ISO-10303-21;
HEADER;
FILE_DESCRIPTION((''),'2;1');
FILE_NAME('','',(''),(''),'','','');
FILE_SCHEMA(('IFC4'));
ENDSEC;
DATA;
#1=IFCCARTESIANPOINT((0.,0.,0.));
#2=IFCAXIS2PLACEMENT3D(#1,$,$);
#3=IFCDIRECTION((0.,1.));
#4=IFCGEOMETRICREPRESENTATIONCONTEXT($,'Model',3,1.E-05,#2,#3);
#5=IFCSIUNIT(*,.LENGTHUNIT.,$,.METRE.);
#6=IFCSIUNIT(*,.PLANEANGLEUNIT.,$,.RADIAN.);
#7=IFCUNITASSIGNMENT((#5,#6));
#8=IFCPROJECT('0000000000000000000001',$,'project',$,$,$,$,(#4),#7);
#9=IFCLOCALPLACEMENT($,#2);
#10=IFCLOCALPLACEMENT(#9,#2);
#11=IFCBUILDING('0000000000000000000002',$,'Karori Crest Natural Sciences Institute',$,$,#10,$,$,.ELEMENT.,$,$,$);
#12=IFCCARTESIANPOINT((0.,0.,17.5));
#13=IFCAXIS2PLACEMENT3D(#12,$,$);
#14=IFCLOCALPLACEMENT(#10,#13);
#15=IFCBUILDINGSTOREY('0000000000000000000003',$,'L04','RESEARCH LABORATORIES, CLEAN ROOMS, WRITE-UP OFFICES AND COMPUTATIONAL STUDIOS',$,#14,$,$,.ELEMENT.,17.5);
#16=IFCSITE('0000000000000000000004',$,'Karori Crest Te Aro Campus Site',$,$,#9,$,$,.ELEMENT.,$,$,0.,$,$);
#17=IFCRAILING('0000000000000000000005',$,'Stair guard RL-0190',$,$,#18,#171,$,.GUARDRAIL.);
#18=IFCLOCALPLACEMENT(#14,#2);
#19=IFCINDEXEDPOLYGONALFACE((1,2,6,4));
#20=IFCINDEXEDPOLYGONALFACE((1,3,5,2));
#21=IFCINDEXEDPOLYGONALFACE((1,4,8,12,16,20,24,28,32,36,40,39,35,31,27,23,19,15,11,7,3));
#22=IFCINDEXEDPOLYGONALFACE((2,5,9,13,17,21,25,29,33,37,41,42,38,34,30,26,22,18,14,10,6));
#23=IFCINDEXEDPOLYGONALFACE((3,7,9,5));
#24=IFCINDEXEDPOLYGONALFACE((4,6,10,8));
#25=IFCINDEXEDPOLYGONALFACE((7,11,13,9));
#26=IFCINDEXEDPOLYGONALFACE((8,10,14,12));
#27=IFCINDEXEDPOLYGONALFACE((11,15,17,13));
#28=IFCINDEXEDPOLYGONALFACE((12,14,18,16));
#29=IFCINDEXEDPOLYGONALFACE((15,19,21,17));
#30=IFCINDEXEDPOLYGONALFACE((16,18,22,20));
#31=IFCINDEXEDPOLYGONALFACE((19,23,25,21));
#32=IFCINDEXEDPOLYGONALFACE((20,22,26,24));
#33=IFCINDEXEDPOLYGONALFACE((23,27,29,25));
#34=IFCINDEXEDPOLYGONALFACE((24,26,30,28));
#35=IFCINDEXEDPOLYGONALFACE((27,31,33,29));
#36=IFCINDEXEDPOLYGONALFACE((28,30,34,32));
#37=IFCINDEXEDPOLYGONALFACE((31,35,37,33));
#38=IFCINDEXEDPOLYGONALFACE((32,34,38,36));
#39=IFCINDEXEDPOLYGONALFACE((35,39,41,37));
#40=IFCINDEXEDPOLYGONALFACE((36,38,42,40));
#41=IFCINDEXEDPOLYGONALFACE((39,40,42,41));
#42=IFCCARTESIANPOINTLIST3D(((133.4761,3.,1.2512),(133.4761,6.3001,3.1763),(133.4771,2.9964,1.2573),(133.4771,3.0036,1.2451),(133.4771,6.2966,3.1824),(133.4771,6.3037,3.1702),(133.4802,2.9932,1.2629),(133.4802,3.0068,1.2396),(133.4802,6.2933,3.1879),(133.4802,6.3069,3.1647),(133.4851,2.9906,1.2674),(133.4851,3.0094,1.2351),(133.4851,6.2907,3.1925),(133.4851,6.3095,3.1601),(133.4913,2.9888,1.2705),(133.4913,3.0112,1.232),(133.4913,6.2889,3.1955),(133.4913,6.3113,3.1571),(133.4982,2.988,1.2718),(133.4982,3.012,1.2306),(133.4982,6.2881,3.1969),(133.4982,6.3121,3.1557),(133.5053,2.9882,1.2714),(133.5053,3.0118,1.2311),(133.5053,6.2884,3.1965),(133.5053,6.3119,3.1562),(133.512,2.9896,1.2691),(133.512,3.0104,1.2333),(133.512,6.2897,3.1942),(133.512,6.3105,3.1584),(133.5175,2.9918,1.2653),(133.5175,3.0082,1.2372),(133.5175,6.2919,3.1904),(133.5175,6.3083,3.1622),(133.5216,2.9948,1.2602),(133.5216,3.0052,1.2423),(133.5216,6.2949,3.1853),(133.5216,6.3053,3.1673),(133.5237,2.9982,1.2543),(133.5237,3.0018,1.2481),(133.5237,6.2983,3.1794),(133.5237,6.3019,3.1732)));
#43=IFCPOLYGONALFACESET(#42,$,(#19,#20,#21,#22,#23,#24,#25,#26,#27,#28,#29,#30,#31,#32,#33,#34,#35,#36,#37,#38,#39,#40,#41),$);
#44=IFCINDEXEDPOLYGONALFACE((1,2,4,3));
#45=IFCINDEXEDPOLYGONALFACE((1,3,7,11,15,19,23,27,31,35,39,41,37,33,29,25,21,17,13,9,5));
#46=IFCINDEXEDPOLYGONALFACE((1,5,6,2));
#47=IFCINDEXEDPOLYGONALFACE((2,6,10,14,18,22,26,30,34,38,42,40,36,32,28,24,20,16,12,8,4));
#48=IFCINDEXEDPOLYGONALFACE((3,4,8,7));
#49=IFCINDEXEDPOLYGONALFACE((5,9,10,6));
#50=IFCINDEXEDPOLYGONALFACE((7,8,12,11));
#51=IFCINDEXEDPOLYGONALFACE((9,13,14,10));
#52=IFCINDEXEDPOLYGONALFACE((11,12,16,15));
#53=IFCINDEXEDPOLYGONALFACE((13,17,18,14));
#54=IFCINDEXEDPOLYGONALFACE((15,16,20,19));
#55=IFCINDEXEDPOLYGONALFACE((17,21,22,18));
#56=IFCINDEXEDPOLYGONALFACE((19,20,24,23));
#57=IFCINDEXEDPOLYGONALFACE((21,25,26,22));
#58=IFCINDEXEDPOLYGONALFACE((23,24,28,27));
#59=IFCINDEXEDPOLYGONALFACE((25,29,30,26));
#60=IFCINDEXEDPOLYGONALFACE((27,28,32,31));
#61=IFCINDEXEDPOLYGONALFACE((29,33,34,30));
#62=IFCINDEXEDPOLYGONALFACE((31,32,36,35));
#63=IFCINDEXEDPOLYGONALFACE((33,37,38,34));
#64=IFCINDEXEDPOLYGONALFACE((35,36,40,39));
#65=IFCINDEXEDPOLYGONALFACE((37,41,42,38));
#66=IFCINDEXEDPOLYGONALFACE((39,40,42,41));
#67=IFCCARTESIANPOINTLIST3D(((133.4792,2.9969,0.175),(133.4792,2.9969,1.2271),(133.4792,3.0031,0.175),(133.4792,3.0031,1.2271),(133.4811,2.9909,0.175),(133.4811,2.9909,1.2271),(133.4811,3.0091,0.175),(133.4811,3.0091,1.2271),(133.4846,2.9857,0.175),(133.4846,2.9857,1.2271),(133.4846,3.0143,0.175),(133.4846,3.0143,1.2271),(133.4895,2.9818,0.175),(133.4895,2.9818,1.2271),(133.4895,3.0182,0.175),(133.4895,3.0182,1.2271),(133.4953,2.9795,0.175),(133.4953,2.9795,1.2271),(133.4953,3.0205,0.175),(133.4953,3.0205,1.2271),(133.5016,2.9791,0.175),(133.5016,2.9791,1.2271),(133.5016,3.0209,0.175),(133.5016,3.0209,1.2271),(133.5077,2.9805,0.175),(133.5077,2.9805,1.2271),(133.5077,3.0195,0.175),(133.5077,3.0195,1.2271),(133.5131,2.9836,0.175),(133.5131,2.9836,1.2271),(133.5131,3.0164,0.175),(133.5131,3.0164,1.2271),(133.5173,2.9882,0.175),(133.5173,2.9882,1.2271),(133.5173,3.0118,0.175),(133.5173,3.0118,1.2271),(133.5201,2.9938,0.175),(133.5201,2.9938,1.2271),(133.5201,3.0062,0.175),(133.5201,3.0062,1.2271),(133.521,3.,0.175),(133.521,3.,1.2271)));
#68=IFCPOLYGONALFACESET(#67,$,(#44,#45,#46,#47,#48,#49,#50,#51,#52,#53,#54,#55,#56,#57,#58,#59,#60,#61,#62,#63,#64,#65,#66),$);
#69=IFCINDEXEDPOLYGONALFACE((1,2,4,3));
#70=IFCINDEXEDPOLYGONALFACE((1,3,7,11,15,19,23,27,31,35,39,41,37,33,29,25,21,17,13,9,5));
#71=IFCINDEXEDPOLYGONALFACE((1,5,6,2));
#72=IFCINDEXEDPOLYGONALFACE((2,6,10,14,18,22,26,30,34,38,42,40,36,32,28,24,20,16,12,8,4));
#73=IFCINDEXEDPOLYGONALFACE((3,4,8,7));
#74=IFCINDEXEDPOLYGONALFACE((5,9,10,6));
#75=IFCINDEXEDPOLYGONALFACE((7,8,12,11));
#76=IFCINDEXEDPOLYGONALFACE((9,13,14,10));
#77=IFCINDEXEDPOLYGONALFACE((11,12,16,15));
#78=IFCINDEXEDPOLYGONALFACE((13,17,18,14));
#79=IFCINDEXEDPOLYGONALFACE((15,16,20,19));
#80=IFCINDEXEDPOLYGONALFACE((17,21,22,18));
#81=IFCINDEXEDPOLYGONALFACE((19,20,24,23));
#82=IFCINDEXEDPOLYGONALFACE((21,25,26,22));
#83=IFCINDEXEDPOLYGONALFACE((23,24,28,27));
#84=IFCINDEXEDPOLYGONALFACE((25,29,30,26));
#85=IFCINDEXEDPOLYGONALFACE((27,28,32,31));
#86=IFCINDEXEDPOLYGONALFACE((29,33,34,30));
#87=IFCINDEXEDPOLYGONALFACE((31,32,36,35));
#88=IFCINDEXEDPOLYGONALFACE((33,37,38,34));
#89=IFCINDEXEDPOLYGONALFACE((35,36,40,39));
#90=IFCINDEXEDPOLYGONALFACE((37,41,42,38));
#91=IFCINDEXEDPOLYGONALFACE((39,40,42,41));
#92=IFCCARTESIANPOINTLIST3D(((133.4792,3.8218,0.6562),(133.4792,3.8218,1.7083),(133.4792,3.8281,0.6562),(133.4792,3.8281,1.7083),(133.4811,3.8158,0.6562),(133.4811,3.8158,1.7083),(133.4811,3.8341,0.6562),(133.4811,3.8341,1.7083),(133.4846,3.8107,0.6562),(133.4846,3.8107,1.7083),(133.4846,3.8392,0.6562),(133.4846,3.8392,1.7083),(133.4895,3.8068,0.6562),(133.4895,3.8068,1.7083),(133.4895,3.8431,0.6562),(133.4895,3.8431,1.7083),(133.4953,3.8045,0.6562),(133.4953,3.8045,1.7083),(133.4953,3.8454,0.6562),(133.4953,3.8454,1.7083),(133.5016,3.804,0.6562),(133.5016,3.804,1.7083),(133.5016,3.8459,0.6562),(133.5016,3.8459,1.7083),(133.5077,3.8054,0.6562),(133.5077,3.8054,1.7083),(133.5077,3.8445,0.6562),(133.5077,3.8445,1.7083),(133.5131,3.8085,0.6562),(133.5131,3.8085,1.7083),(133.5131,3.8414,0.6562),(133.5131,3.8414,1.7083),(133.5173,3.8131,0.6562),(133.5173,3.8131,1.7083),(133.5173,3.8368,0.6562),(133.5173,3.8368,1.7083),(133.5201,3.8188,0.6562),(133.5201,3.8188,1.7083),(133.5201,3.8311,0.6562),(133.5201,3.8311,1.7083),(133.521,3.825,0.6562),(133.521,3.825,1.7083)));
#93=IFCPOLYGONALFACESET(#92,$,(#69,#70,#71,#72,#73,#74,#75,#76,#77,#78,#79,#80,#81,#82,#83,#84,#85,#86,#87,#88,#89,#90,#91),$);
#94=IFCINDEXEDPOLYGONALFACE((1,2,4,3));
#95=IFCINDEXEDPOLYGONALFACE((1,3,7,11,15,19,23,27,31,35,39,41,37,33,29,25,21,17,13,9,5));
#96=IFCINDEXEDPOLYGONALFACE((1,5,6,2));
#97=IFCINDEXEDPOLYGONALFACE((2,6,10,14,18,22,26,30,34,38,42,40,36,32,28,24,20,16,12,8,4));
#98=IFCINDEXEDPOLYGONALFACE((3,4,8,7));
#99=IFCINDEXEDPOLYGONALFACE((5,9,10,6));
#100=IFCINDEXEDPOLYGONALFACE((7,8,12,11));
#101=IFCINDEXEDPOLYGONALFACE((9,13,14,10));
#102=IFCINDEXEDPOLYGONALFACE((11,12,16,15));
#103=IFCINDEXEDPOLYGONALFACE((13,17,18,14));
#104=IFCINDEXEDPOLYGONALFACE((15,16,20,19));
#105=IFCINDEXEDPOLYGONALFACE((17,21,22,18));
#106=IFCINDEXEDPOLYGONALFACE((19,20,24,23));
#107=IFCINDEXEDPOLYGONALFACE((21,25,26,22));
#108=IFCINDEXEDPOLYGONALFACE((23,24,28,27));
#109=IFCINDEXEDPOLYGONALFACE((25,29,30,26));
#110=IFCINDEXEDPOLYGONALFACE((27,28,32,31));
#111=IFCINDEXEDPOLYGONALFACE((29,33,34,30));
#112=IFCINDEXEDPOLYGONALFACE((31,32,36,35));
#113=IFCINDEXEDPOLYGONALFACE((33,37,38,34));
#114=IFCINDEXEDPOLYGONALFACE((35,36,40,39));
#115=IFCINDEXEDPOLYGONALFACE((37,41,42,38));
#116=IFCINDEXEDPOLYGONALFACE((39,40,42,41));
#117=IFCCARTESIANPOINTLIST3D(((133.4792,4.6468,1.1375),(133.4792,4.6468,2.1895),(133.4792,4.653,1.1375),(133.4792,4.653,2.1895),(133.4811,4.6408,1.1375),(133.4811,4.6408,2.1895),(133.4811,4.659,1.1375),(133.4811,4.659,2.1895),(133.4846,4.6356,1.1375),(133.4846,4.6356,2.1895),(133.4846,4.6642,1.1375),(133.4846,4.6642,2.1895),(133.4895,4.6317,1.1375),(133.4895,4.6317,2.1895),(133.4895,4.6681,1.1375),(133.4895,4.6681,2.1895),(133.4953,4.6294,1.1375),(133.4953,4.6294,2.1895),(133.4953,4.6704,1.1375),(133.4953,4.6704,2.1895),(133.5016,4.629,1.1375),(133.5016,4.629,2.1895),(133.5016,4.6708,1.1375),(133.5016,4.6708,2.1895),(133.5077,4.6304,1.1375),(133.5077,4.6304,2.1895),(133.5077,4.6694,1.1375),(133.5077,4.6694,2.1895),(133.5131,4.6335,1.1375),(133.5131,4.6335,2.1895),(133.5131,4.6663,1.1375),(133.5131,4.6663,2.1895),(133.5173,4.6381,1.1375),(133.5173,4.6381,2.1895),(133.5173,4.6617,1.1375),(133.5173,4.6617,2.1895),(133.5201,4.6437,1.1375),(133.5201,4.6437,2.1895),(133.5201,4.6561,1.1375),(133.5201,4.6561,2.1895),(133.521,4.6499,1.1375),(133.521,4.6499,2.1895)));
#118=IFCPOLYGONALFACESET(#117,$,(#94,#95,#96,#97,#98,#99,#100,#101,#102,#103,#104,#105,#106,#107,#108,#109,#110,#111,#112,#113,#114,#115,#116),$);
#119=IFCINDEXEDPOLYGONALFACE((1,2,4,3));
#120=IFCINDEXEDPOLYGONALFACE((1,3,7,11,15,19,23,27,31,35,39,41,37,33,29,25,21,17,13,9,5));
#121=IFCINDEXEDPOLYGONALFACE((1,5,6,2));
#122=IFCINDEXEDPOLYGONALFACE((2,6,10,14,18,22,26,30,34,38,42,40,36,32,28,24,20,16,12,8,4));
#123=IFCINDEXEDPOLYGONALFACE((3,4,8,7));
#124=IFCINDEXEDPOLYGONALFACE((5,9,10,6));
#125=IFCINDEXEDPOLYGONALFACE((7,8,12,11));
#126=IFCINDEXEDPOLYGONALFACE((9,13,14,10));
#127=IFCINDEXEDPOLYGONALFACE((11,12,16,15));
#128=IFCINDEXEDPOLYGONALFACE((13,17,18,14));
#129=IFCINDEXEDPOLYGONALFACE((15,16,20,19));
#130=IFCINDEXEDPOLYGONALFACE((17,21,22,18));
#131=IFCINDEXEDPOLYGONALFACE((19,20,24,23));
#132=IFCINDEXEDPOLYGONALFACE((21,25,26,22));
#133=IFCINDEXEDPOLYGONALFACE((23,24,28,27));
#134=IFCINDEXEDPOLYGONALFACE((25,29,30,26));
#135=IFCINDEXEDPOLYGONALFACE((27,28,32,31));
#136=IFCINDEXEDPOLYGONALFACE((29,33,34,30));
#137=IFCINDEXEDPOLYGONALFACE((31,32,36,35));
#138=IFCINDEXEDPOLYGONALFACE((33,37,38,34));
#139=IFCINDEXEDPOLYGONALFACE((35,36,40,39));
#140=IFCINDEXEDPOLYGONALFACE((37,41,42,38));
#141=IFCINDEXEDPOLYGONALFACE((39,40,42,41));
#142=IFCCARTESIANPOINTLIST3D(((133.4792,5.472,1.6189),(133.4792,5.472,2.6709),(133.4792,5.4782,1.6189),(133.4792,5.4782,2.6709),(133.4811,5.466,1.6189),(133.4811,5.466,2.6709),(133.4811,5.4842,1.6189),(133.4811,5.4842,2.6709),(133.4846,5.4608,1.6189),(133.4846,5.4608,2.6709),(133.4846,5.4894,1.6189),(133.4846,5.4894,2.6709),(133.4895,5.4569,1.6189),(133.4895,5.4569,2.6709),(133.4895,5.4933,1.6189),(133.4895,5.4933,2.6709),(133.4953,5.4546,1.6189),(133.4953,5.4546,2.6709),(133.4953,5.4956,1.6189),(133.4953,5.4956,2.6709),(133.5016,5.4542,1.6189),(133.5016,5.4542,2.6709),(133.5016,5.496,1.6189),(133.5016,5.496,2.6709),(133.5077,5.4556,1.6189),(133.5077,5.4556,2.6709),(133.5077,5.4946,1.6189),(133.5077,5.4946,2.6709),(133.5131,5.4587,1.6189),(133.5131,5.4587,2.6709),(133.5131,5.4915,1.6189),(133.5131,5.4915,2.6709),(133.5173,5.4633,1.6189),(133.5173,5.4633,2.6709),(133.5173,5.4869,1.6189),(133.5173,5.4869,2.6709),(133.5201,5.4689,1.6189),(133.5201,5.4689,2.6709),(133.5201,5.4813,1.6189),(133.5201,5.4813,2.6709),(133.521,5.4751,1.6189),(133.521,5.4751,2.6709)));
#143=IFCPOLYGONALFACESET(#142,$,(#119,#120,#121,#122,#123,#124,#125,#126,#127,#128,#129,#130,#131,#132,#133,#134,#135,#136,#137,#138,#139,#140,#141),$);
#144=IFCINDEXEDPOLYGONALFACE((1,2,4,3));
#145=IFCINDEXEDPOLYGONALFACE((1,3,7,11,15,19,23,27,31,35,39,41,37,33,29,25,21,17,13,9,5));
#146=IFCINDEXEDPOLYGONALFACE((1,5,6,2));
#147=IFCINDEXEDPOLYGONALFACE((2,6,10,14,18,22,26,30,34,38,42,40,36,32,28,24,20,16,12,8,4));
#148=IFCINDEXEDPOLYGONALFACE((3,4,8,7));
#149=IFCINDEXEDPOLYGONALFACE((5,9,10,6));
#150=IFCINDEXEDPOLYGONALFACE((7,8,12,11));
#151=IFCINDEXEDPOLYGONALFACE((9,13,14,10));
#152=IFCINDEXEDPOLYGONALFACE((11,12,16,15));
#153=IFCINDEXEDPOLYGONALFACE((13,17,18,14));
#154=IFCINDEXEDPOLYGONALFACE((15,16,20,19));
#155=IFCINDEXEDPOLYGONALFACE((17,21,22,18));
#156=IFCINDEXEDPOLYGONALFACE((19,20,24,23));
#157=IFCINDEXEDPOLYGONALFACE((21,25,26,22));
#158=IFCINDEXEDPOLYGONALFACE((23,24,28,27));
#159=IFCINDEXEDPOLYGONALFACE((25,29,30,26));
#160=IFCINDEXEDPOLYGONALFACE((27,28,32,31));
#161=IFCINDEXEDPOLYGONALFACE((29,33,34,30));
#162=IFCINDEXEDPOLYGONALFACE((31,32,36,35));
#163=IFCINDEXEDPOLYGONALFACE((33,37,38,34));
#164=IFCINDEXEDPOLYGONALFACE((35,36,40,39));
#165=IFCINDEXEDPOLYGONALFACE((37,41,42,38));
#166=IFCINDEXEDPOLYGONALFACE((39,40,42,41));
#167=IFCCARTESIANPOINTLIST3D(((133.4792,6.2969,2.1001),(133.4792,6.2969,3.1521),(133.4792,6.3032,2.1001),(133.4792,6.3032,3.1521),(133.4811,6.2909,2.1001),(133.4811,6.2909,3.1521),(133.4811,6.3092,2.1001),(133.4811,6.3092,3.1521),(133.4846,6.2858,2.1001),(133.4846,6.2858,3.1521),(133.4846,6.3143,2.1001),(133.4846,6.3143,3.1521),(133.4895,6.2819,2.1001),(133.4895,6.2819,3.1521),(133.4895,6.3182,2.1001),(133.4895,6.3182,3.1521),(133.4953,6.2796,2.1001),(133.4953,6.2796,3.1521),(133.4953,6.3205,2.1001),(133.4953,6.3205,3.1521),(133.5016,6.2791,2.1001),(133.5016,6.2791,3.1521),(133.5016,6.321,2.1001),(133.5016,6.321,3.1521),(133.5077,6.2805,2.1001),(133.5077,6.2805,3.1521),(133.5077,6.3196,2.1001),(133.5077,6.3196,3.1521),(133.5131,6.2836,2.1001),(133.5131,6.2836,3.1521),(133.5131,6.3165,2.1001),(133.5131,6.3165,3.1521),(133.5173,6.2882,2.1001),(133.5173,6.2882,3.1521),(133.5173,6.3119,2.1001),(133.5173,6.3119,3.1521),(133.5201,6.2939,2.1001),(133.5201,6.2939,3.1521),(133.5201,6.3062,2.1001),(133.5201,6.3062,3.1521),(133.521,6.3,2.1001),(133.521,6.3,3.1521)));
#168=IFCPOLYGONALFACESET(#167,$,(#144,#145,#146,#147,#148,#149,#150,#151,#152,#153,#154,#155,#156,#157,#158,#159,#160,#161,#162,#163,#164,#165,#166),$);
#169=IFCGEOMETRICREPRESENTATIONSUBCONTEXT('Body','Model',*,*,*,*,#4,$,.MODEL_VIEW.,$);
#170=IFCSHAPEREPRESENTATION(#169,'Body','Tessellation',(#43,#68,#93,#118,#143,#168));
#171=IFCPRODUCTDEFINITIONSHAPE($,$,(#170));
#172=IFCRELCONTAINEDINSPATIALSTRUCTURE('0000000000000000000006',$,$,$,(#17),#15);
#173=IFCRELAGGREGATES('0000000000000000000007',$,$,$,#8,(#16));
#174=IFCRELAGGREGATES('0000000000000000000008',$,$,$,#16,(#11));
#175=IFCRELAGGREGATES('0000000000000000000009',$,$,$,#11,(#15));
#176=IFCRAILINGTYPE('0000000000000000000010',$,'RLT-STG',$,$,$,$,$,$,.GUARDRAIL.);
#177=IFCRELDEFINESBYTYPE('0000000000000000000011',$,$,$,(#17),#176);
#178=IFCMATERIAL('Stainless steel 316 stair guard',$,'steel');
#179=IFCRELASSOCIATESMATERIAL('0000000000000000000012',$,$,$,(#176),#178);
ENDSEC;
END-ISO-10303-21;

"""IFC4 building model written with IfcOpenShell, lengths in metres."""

from ifc_helpers import new_model, si_unit, direction, frame, origin, origin_2d, place, context, subcontext, project, spatial, circle, extrude, material, type_object, element, save


model = new_model("IFC4")

# Units and contexts
model_context = context("Model", 3, precision=1e-05, world=origin(), true_north=direction((0.0, 1.0)))
body_context = subcontext(model_context, "Body", "Model", "MODEL_VIEW")
ifc_project = project(units=[si_unit("LENGTHUNIT", "METRE"), si_unit("PLANEANGLEUNIT", "RADIAN")], contexts=[model_context])

# Site, building, storey
site_placement = place(None, origin())
site = spatial("IfcSite", under=ifc_project, at=site_placement, Name="Karori Crest Te Aro Campus Site", CompositionType="ELEMENT", RefElevation=0.0)
building_placement = place(site_placement, origin())
building = spatial("IfcBuilding", under=site, at=building_placement, Name="Karori Crest Natural Sciences Institute", CompositionType="ELEMENT")
storey_placement = place(building_placement, frame((0.0, 0.0, 17.5)))
storey = spatial("IfcBuildingStorey", under=building, at=storey_placement, Name="L04", Description="RESEARCH LABORATORIES, CLEAN ROOMS, WRITE-UP OFFICES AND COMPUTATIONAL STUDIOS", CompositionType="ELEMENT", Elevation=17.5)

# Railing
ifc_material_1 = material(Name="Stainless steel 316 stair guard", Category="steel")
railing_type_1 = type_object("IfcRailingType", Name="RLT-STG", PredefinedType="GUARDRAIL", material=ifc_material_1)
railing_1_placement = place(storey_placement, frame((133.5, 3.0, 0.175)))
element("IfcRailing", 1, at=railing_1_placement, inside=storey, type_object=railing_type_1, Name="Stair guard RL-0190", PredefinedType="GUARDRAIL", context=body_context, shape_type="SweptSolid", body=[
    extrude(circle(Radius=0.0239, at=origin_2d()), frame((0.0, 0.0, 1.0762), z_axis=(0.0, 0.863777, 0.503875), x_axis=(-1.0, 0.0, 0.0)), (0.0, 0.0, 1.0), 3.8206),
    extrude(circle(Radius=0.021, at=origin_2d()), origin(), (0.0, 0.0, 1.0), 1.052),
    extrude(circle(Radius=0.021, at=origin_2d()), frame((0.0, 0.825, 0.4812)), (0.0, 0.0, 1.0), 1.052),
    extrude(circle(Radius=0.021, at=origin_2d()), frame((0.0, 1.6499, 0.9624)), (0.0, 0.0, 1.0), 1.052),
    extrude(circle(Radius=0.021, at=origin_2d()), frame((0.0, 2.4751, 1.4438)), (0.0, 0.0, 1.0), 1.052),
    extrude(circle(Radius=0.021, at=origin_2d()), frame((0.0, 3.3, 1.925)), (0.0, 0.0, 1.0), 1.052),
])

save(model, "model.ifc")
